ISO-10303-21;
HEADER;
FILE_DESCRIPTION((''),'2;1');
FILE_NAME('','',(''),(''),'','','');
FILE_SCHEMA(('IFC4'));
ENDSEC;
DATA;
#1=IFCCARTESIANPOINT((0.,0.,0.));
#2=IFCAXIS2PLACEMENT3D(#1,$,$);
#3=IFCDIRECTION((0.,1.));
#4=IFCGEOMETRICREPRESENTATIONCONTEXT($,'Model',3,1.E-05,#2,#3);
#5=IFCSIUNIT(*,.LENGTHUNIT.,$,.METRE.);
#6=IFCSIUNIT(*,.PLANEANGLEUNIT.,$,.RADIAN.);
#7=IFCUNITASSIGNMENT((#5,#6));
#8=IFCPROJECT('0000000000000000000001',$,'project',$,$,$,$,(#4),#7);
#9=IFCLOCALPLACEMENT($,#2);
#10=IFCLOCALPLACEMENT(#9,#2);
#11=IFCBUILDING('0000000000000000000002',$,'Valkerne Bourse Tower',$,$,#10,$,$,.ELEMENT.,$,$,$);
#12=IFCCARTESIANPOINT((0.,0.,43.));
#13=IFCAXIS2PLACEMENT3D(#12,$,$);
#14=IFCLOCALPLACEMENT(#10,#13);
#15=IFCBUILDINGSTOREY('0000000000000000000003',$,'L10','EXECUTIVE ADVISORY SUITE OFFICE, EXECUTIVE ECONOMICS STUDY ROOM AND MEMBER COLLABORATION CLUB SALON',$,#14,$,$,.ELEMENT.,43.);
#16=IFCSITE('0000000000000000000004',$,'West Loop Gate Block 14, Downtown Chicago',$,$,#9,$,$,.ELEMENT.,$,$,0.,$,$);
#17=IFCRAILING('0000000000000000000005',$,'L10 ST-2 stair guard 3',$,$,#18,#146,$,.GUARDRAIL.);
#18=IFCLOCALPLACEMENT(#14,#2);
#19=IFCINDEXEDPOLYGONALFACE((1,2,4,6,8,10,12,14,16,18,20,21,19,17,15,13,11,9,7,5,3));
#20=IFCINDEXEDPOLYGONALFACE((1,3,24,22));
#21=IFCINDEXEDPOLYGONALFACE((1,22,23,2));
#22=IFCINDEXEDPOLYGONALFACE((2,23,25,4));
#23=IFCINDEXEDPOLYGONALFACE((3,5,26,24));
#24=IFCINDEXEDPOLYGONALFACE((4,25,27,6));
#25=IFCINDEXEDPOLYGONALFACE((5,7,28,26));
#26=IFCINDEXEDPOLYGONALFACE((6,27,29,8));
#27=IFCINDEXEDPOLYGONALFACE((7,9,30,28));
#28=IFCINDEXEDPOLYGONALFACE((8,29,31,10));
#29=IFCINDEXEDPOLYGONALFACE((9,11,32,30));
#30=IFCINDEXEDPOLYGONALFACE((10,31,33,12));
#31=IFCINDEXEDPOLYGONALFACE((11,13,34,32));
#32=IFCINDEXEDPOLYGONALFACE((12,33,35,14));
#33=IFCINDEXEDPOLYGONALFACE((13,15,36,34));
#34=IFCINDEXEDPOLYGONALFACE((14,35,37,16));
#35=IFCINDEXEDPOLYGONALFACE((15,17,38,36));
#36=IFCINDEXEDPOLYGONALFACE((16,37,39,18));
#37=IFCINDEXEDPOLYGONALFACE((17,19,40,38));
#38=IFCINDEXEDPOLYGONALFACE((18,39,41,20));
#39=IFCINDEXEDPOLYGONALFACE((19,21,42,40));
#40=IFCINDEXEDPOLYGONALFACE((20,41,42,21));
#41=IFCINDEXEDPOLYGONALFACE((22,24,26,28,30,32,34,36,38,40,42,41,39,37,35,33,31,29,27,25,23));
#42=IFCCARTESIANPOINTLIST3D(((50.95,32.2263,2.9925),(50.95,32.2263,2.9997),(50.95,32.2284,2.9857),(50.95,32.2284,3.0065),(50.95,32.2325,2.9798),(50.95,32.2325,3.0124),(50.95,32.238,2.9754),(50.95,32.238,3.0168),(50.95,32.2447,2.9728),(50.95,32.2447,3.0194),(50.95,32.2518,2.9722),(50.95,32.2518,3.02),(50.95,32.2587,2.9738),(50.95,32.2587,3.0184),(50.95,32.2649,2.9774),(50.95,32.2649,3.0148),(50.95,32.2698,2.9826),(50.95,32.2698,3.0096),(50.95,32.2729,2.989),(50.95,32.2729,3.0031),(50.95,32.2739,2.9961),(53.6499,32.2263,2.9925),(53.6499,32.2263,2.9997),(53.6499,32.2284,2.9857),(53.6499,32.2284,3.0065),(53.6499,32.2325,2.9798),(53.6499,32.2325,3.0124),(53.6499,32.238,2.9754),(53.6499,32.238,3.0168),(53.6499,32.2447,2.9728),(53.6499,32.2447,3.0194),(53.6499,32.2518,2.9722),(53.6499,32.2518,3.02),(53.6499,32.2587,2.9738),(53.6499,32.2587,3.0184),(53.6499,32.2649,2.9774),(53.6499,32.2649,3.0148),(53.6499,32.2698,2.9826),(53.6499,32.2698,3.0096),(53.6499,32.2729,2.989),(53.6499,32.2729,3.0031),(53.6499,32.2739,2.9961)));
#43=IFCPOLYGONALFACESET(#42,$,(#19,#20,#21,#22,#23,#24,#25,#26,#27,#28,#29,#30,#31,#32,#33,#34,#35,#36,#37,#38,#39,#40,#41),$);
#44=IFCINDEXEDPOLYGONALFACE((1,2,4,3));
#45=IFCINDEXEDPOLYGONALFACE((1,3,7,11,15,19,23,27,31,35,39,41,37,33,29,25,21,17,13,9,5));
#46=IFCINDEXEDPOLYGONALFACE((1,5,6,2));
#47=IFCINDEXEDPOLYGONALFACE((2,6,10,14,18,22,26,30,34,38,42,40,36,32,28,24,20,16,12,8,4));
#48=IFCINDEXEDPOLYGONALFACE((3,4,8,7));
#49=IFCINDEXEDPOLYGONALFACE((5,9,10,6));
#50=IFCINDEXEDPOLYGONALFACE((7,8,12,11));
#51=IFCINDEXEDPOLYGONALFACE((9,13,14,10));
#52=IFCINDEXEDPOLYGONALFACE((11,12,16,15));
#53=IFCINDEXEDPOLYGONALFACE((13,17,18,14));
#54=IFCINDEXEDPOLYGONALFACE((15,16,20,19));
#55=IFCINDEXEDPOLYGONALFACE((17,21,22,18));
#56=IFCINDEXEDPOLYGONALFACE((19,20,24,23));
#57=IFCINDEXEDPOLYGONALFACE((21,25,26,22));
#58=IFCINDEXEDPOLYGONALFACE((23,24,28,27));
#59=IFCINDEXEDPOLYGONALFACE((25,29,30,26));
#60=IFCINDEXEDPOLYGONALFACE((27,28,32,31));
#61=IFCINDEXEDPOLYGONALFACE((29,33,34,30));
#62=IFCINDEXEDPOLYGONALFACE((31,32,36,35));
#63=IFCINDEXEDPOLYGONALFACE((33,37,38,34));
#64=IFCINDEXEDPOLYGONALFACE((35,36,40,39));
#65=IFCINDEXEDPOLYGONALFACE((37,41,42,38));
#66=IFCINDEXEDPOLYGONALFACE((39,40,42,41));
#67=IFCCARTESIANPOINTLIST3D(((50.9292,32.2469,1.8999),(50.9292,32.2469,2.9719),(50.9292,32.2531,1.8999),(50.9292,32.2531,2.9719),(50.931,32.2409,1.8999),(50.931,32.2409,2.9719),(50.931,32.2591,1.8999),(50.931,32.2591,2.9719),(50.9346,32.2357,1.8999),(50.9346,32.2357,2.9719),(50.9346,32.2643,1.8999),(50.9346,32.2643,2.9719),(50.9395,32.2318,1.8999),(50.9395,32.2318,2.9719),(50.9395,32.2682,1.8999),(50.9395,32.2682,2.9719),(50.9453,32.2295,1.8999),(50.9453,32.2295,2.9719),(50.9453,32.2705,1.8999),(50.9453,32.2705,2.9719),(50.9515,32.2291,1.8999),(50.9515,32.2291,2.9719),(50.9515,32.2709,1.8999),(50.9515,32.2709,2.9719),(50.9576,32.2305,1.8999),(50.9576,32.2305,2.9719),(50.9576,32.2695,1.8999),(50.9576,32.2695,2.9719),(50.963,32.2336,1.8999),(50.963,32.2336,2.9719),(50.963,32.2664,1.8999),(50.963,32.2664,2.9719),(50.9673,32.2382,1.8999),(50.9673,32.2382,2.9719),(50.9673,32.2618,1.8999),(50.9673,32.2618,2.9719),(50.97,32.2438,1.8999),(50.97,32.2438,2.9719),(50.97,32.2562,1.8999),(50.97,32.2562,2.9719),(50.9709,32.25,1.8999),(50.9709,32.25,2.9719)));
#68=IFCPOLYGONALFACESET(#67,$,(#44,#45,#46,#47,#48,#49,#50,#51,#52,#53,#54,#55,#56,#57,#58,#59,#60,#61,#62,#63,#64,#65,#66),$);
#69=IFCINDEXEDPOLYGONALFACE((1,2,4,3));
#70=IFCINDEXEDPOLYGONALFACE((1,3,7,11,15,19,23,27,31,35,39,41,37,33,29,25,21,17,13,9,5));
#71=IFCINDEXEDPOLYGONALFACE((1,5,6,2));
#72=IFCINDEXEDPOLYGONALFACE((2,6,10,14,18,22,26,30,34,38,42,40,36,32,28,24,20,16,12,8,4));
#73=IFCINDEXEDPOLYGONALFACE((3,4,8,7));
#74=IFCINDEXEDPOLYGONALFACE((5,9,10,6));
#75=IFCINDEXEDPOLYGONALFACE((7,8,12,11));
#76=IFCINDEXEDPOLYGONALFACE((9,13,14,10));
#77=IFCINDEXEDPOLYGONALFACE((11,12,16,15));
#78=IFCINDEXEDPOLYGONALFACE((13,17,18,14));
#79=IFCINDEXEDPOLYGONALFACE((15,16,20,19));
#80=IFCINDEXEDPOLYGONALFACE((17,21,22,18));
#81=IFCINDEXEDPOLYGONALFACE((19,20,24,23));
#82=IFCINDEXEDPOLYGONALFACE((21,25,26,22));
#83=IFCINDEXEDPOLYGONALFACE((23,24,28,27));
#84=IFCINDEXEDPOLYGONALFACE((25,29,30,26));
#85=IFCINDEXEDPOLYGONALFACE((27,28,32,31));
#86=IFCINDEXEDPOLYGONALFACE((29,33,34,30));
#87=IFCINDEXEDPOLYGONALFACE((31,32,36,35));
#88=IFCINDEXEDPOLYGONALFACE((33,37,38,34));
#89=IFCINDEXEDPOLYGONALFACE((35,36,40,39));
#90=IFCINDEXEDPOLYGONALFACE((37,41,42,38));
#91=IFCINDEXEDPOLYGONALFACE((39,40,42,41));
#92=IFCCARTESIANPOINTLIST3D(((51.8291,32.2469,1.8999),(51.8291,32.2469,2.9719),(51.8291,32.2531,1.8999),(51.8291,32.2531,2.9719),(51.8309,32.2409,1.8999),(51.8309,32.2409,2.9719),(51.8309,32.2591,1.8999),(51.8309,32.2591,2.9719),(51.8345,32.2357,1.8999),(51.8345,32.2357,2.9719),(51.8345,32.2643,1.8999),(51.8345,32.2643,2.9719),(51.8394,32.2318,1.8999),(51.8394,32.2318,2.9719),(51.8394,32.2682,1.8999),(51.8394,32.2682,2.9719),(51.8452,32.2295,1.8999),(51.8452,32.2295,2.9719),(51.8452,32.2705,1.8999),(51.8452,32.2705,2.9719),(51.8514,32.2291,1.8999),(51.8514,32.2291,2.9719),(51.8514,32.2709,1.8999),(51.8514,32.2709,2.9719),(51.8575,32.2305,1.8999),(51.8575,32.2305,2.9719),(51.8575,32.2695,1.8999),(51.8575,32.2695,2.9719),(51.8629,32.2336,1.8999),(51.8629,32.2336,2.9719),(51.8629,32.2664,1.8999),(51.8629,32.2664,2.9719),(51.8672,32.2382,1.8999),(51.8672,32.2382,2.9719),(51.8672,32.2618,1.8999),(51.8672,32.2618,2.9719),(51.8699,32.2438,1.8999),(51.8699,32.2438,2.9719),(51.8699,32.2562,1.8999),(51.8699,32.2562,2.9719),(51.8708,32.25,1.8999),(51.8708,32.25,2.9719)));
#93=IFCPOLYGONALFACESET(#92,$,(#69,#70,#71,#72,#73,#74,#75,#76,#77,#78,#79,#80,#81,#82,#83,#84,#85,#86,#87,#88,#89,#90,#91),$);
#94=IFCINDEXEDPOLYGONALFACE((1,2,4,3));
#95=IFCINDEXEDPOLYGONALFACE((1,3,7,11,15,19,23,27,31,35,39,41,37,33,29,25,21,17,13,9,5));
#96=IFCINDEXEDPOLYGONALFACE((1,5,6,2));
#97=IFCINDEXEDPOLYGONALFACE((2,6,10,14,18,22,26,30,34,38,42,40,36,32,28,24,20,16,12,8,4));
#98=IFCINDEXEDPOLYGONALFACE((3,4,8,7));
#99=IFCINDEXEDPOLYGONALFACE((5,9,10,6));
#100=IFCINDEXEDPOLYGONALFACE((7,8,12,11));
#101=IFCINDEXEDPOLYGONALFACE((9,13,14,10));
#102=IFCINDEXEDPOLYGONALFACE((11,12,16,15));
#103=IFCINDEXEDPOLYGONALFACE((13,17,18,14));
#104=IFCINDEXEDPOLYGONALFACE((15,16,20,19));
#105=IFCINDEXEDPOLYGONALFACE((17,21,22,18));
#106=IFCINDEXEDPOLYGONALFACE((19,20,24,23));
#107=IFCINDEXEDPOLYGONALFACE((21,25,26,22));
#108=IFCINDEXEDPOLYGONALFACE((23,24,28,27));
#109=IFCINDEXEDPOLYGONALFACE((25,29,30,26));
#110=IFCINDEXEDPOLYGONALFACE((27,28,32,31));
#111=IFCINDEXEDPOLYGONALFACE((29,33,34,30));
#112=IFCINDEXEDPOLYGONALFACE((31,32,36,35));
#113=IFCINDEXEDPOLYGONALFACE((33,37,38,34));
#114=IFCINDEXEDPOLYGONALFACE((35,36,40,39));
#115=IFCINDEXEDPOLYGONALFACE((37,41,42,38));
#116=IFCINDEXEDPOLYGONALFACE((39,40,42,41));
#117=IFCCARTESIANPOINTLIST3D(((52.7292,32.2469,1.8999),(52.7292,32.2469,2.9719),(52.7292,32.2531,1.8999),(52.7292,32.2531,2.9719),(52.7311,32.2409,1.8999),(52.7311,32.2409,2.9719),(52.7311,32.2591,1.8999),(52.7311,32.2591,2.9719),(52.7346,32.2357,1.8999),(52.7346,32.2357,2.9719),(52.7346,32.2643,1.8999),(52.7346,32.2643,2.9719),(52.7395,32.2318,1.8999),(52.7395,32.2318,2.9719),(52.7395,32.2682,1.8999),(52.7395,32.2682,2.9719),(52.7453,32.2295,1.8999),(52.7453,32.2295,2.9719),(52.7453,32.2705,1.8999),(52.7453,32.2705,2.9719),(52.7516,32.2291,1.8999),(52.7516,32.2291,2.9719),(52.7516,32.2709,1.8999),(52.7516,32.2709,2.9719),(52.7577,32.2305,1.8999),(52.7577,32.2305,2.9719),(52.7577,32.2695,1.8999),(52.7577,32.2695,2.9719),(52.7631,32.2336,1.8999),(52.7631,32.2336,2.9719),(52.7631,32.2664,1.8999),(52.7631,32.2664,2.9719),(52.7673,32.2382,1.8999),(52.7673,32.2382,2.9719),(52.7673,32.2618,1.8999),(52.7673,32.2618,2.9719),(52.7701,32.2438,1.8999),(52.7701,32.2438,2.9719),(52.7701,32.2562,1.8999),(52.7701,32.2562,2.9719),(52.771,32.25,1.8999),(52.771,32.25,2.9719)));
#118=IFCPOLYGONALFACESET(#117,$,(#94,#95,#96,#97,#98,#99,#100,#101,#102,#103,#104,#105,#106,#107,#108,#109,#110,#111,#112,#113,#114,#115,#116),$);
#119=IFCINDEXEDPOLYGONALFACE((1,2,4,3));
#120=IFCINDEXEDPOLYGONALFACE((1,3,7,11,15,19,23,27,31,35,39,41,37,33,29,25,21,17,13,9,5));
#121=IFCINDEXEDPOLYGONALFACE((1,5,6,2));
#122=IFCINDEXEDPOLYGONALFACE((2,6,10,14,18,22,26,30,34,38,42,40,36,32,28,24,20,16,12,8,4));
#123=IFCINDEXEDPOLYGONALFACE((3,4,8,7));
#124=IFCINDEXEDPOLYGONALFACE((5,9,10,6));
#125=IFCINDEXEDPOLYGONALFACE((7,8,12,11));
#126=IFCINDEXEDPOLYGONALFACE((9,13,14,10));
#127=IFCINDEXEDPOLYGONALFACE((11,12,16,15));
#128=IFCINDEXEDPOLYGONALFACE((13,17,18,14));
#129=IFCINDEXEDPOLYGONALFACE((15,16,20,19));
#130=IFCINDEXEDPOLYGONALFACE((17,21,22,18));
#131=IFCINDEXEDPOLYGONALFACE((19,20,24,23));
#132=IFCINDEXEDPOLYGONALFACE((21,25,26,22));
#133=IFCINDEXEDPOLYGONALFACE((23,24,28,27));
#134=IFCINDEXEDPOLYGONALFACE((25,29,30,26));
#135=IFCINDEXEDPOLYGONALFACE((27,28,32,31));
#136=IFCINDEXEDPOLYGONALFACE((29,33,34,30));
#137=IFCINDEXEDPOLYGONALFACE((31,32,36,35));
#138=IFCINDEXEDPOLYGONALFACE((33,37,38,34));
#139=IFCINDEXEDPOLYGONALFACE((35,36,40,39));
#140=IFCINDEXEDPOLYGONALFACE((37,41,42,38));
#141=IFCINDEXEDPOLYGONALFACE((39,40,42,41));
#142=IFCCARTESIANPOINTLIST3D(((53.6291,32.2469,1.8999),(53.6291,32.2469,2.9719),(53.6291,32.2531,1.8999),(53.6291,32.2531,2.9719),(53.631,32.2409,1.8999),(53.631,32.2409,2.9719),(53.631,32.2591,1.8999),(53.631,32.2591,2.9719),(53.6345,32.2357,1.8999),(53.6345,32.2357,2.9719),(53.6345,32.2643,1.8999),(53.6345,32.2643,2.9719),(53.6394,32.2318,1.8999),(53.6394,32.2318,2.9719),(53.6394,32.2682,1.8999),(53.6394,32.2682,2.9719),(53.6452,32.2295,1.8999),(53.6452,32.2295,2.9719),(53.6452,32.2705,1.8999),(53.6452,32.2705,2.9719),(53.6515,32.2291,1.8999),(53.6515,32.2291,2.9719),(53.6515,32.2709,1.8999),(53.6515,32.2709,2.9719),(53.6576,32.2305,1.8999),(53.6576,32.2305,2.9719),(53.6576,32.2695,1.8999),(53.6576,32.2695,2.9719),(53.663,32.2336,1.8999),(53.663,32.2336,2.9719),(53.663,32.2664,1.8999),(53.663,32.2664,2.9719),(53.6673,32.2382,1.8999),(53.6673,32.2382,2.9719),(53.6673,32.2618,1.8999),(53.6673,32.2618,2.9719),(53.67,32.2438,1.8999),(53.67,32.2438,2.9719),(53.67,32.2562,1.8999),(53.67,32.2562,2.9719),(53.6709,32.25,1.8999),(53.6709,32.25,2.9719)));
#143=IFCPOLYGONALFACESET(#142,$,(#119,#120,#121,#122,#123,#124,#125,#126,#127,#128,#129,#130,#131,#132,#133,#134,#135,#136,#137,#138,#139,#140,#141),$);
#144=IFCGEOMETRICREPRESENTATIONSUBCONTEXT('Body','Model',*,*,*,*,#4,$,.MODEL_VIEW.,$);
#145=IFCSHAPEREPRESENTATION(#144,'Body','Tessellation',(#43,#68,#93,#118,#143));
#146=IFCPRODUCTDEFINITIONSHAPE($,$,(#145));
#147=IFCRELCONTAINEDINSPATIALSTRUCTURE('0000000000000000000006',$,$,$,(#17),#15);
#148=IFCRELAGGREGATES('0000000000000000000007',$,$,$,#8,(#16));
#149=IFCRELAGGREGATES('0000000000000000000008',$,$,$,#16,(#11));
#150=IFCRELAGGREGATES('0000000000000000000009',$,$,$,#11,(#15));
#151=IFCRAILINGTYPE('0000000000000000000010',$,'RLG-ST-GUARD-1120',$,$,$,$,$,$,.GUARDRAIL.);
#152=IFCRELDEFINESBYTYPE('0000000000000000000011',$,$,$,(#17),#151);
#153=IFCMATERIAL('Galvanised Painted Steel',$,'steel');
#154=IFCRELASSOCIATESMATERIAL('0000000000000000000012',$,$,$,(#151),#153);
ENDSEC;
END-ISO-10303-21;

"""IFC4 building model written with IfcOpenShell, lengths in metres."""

from ifc_helpers import new_model, si_unit, direction, frame, origin, origin_2d, place, context, subcontext, project, spatial, circle, extrude, material, type_object, element, save


model = new_model("IFC4")

# Units and contexts
model_context = context("Model", 3, precision=1e-05, world=origin(), true_north=direction((0.0, 1.0)))
body_context = subcontext(model_context, "Body", "Model", "MODEL_VIEW")
ifc_project = project(units=[si_unit("LENGTHUNIT", "METRE"), si_unit("PLANEANGLEUNIT", "RADIAN")], contexts=[model_context])

# Site, building, storey
site_placement = place(None, origin())
site = spatial("IfcSite", under=ifc_project, at=site_placement, Name="West Loop Gate Block 14, Downtown Chicago", CompositionType="ELEMENT", RefElevation=0.0)
building_placement = place(site_placement, origin())
building = spatial("IfcBuilding", under=site, at=building_placement, Name="Valkerne Bourse Tower", CompositionType="ELEMENT")
storey_placement = place(building_placement, frame((0.0, 0.0, 43.0)))
storey = spatial("IfcBuildingStorey", under=building, at=storey_placement, Name="L10", Description="EXECUTIVE ADVISORY SUITE OFFICE, EXECUTIVE ECONOMICS STUDY ROOM AND MEMBER COLLABORATION CLUB SALON", CompositionType="ELEMENT", Elevation=43.0)

# Shared definitions
ifc_material_1 = material(Name="Galvanised Painted Steel", Category="steel")

# Railing
railing_type_1 = type_object("IfcRailingType", Name="RLG-ST-GUARD-1120", PredefinedType="GUARDRAIL", material=ifc_material_1)
railing_1_placement = place(storey_placement, frame((50.95, 32.25, 1.8999)))
element("IfcRailing", 1, at=railing_1_placement, inside=storey, type_object=railing_type_1, Name="L10 ST-2 stair guard 3", PredefinedType="GUARDRAIL", context=body_context, shape_type="SweptSolid", body=[
    extrude(circle(Radius=0.0239, at=origin_2d()), frame((0.0, 0.0, 1.0962), z_axis=(1.0, 0.0, 0.0), x_axis=(0.0, 1.0, 0.0)), (0.0, 0.0, 1.0), 2.7),
    extrude(circle(Radius=0.021, at=origin_2d()), origin(), (0.0, 0.0, 1.0), 1.072),
    extrude(circle(Radius=0.021, at=origin_2d()), frame((0.8999, 0.0, 0.0)), (0.0, 0.0, 1.0), 1.072),
    extrude(circle(Radius=0.021, at=origin_2d()), frame((1.8, 0.0, 0.0)), (0.0, 0.0, 1.0), 1.072),
    extrude(circle(Radius=0.021, at=origin_2d()), frame((2.7, 0.0, 0.0)), (0.0, 0.0, 1.0), 1.072),
])

save(model, "model.ifc")
